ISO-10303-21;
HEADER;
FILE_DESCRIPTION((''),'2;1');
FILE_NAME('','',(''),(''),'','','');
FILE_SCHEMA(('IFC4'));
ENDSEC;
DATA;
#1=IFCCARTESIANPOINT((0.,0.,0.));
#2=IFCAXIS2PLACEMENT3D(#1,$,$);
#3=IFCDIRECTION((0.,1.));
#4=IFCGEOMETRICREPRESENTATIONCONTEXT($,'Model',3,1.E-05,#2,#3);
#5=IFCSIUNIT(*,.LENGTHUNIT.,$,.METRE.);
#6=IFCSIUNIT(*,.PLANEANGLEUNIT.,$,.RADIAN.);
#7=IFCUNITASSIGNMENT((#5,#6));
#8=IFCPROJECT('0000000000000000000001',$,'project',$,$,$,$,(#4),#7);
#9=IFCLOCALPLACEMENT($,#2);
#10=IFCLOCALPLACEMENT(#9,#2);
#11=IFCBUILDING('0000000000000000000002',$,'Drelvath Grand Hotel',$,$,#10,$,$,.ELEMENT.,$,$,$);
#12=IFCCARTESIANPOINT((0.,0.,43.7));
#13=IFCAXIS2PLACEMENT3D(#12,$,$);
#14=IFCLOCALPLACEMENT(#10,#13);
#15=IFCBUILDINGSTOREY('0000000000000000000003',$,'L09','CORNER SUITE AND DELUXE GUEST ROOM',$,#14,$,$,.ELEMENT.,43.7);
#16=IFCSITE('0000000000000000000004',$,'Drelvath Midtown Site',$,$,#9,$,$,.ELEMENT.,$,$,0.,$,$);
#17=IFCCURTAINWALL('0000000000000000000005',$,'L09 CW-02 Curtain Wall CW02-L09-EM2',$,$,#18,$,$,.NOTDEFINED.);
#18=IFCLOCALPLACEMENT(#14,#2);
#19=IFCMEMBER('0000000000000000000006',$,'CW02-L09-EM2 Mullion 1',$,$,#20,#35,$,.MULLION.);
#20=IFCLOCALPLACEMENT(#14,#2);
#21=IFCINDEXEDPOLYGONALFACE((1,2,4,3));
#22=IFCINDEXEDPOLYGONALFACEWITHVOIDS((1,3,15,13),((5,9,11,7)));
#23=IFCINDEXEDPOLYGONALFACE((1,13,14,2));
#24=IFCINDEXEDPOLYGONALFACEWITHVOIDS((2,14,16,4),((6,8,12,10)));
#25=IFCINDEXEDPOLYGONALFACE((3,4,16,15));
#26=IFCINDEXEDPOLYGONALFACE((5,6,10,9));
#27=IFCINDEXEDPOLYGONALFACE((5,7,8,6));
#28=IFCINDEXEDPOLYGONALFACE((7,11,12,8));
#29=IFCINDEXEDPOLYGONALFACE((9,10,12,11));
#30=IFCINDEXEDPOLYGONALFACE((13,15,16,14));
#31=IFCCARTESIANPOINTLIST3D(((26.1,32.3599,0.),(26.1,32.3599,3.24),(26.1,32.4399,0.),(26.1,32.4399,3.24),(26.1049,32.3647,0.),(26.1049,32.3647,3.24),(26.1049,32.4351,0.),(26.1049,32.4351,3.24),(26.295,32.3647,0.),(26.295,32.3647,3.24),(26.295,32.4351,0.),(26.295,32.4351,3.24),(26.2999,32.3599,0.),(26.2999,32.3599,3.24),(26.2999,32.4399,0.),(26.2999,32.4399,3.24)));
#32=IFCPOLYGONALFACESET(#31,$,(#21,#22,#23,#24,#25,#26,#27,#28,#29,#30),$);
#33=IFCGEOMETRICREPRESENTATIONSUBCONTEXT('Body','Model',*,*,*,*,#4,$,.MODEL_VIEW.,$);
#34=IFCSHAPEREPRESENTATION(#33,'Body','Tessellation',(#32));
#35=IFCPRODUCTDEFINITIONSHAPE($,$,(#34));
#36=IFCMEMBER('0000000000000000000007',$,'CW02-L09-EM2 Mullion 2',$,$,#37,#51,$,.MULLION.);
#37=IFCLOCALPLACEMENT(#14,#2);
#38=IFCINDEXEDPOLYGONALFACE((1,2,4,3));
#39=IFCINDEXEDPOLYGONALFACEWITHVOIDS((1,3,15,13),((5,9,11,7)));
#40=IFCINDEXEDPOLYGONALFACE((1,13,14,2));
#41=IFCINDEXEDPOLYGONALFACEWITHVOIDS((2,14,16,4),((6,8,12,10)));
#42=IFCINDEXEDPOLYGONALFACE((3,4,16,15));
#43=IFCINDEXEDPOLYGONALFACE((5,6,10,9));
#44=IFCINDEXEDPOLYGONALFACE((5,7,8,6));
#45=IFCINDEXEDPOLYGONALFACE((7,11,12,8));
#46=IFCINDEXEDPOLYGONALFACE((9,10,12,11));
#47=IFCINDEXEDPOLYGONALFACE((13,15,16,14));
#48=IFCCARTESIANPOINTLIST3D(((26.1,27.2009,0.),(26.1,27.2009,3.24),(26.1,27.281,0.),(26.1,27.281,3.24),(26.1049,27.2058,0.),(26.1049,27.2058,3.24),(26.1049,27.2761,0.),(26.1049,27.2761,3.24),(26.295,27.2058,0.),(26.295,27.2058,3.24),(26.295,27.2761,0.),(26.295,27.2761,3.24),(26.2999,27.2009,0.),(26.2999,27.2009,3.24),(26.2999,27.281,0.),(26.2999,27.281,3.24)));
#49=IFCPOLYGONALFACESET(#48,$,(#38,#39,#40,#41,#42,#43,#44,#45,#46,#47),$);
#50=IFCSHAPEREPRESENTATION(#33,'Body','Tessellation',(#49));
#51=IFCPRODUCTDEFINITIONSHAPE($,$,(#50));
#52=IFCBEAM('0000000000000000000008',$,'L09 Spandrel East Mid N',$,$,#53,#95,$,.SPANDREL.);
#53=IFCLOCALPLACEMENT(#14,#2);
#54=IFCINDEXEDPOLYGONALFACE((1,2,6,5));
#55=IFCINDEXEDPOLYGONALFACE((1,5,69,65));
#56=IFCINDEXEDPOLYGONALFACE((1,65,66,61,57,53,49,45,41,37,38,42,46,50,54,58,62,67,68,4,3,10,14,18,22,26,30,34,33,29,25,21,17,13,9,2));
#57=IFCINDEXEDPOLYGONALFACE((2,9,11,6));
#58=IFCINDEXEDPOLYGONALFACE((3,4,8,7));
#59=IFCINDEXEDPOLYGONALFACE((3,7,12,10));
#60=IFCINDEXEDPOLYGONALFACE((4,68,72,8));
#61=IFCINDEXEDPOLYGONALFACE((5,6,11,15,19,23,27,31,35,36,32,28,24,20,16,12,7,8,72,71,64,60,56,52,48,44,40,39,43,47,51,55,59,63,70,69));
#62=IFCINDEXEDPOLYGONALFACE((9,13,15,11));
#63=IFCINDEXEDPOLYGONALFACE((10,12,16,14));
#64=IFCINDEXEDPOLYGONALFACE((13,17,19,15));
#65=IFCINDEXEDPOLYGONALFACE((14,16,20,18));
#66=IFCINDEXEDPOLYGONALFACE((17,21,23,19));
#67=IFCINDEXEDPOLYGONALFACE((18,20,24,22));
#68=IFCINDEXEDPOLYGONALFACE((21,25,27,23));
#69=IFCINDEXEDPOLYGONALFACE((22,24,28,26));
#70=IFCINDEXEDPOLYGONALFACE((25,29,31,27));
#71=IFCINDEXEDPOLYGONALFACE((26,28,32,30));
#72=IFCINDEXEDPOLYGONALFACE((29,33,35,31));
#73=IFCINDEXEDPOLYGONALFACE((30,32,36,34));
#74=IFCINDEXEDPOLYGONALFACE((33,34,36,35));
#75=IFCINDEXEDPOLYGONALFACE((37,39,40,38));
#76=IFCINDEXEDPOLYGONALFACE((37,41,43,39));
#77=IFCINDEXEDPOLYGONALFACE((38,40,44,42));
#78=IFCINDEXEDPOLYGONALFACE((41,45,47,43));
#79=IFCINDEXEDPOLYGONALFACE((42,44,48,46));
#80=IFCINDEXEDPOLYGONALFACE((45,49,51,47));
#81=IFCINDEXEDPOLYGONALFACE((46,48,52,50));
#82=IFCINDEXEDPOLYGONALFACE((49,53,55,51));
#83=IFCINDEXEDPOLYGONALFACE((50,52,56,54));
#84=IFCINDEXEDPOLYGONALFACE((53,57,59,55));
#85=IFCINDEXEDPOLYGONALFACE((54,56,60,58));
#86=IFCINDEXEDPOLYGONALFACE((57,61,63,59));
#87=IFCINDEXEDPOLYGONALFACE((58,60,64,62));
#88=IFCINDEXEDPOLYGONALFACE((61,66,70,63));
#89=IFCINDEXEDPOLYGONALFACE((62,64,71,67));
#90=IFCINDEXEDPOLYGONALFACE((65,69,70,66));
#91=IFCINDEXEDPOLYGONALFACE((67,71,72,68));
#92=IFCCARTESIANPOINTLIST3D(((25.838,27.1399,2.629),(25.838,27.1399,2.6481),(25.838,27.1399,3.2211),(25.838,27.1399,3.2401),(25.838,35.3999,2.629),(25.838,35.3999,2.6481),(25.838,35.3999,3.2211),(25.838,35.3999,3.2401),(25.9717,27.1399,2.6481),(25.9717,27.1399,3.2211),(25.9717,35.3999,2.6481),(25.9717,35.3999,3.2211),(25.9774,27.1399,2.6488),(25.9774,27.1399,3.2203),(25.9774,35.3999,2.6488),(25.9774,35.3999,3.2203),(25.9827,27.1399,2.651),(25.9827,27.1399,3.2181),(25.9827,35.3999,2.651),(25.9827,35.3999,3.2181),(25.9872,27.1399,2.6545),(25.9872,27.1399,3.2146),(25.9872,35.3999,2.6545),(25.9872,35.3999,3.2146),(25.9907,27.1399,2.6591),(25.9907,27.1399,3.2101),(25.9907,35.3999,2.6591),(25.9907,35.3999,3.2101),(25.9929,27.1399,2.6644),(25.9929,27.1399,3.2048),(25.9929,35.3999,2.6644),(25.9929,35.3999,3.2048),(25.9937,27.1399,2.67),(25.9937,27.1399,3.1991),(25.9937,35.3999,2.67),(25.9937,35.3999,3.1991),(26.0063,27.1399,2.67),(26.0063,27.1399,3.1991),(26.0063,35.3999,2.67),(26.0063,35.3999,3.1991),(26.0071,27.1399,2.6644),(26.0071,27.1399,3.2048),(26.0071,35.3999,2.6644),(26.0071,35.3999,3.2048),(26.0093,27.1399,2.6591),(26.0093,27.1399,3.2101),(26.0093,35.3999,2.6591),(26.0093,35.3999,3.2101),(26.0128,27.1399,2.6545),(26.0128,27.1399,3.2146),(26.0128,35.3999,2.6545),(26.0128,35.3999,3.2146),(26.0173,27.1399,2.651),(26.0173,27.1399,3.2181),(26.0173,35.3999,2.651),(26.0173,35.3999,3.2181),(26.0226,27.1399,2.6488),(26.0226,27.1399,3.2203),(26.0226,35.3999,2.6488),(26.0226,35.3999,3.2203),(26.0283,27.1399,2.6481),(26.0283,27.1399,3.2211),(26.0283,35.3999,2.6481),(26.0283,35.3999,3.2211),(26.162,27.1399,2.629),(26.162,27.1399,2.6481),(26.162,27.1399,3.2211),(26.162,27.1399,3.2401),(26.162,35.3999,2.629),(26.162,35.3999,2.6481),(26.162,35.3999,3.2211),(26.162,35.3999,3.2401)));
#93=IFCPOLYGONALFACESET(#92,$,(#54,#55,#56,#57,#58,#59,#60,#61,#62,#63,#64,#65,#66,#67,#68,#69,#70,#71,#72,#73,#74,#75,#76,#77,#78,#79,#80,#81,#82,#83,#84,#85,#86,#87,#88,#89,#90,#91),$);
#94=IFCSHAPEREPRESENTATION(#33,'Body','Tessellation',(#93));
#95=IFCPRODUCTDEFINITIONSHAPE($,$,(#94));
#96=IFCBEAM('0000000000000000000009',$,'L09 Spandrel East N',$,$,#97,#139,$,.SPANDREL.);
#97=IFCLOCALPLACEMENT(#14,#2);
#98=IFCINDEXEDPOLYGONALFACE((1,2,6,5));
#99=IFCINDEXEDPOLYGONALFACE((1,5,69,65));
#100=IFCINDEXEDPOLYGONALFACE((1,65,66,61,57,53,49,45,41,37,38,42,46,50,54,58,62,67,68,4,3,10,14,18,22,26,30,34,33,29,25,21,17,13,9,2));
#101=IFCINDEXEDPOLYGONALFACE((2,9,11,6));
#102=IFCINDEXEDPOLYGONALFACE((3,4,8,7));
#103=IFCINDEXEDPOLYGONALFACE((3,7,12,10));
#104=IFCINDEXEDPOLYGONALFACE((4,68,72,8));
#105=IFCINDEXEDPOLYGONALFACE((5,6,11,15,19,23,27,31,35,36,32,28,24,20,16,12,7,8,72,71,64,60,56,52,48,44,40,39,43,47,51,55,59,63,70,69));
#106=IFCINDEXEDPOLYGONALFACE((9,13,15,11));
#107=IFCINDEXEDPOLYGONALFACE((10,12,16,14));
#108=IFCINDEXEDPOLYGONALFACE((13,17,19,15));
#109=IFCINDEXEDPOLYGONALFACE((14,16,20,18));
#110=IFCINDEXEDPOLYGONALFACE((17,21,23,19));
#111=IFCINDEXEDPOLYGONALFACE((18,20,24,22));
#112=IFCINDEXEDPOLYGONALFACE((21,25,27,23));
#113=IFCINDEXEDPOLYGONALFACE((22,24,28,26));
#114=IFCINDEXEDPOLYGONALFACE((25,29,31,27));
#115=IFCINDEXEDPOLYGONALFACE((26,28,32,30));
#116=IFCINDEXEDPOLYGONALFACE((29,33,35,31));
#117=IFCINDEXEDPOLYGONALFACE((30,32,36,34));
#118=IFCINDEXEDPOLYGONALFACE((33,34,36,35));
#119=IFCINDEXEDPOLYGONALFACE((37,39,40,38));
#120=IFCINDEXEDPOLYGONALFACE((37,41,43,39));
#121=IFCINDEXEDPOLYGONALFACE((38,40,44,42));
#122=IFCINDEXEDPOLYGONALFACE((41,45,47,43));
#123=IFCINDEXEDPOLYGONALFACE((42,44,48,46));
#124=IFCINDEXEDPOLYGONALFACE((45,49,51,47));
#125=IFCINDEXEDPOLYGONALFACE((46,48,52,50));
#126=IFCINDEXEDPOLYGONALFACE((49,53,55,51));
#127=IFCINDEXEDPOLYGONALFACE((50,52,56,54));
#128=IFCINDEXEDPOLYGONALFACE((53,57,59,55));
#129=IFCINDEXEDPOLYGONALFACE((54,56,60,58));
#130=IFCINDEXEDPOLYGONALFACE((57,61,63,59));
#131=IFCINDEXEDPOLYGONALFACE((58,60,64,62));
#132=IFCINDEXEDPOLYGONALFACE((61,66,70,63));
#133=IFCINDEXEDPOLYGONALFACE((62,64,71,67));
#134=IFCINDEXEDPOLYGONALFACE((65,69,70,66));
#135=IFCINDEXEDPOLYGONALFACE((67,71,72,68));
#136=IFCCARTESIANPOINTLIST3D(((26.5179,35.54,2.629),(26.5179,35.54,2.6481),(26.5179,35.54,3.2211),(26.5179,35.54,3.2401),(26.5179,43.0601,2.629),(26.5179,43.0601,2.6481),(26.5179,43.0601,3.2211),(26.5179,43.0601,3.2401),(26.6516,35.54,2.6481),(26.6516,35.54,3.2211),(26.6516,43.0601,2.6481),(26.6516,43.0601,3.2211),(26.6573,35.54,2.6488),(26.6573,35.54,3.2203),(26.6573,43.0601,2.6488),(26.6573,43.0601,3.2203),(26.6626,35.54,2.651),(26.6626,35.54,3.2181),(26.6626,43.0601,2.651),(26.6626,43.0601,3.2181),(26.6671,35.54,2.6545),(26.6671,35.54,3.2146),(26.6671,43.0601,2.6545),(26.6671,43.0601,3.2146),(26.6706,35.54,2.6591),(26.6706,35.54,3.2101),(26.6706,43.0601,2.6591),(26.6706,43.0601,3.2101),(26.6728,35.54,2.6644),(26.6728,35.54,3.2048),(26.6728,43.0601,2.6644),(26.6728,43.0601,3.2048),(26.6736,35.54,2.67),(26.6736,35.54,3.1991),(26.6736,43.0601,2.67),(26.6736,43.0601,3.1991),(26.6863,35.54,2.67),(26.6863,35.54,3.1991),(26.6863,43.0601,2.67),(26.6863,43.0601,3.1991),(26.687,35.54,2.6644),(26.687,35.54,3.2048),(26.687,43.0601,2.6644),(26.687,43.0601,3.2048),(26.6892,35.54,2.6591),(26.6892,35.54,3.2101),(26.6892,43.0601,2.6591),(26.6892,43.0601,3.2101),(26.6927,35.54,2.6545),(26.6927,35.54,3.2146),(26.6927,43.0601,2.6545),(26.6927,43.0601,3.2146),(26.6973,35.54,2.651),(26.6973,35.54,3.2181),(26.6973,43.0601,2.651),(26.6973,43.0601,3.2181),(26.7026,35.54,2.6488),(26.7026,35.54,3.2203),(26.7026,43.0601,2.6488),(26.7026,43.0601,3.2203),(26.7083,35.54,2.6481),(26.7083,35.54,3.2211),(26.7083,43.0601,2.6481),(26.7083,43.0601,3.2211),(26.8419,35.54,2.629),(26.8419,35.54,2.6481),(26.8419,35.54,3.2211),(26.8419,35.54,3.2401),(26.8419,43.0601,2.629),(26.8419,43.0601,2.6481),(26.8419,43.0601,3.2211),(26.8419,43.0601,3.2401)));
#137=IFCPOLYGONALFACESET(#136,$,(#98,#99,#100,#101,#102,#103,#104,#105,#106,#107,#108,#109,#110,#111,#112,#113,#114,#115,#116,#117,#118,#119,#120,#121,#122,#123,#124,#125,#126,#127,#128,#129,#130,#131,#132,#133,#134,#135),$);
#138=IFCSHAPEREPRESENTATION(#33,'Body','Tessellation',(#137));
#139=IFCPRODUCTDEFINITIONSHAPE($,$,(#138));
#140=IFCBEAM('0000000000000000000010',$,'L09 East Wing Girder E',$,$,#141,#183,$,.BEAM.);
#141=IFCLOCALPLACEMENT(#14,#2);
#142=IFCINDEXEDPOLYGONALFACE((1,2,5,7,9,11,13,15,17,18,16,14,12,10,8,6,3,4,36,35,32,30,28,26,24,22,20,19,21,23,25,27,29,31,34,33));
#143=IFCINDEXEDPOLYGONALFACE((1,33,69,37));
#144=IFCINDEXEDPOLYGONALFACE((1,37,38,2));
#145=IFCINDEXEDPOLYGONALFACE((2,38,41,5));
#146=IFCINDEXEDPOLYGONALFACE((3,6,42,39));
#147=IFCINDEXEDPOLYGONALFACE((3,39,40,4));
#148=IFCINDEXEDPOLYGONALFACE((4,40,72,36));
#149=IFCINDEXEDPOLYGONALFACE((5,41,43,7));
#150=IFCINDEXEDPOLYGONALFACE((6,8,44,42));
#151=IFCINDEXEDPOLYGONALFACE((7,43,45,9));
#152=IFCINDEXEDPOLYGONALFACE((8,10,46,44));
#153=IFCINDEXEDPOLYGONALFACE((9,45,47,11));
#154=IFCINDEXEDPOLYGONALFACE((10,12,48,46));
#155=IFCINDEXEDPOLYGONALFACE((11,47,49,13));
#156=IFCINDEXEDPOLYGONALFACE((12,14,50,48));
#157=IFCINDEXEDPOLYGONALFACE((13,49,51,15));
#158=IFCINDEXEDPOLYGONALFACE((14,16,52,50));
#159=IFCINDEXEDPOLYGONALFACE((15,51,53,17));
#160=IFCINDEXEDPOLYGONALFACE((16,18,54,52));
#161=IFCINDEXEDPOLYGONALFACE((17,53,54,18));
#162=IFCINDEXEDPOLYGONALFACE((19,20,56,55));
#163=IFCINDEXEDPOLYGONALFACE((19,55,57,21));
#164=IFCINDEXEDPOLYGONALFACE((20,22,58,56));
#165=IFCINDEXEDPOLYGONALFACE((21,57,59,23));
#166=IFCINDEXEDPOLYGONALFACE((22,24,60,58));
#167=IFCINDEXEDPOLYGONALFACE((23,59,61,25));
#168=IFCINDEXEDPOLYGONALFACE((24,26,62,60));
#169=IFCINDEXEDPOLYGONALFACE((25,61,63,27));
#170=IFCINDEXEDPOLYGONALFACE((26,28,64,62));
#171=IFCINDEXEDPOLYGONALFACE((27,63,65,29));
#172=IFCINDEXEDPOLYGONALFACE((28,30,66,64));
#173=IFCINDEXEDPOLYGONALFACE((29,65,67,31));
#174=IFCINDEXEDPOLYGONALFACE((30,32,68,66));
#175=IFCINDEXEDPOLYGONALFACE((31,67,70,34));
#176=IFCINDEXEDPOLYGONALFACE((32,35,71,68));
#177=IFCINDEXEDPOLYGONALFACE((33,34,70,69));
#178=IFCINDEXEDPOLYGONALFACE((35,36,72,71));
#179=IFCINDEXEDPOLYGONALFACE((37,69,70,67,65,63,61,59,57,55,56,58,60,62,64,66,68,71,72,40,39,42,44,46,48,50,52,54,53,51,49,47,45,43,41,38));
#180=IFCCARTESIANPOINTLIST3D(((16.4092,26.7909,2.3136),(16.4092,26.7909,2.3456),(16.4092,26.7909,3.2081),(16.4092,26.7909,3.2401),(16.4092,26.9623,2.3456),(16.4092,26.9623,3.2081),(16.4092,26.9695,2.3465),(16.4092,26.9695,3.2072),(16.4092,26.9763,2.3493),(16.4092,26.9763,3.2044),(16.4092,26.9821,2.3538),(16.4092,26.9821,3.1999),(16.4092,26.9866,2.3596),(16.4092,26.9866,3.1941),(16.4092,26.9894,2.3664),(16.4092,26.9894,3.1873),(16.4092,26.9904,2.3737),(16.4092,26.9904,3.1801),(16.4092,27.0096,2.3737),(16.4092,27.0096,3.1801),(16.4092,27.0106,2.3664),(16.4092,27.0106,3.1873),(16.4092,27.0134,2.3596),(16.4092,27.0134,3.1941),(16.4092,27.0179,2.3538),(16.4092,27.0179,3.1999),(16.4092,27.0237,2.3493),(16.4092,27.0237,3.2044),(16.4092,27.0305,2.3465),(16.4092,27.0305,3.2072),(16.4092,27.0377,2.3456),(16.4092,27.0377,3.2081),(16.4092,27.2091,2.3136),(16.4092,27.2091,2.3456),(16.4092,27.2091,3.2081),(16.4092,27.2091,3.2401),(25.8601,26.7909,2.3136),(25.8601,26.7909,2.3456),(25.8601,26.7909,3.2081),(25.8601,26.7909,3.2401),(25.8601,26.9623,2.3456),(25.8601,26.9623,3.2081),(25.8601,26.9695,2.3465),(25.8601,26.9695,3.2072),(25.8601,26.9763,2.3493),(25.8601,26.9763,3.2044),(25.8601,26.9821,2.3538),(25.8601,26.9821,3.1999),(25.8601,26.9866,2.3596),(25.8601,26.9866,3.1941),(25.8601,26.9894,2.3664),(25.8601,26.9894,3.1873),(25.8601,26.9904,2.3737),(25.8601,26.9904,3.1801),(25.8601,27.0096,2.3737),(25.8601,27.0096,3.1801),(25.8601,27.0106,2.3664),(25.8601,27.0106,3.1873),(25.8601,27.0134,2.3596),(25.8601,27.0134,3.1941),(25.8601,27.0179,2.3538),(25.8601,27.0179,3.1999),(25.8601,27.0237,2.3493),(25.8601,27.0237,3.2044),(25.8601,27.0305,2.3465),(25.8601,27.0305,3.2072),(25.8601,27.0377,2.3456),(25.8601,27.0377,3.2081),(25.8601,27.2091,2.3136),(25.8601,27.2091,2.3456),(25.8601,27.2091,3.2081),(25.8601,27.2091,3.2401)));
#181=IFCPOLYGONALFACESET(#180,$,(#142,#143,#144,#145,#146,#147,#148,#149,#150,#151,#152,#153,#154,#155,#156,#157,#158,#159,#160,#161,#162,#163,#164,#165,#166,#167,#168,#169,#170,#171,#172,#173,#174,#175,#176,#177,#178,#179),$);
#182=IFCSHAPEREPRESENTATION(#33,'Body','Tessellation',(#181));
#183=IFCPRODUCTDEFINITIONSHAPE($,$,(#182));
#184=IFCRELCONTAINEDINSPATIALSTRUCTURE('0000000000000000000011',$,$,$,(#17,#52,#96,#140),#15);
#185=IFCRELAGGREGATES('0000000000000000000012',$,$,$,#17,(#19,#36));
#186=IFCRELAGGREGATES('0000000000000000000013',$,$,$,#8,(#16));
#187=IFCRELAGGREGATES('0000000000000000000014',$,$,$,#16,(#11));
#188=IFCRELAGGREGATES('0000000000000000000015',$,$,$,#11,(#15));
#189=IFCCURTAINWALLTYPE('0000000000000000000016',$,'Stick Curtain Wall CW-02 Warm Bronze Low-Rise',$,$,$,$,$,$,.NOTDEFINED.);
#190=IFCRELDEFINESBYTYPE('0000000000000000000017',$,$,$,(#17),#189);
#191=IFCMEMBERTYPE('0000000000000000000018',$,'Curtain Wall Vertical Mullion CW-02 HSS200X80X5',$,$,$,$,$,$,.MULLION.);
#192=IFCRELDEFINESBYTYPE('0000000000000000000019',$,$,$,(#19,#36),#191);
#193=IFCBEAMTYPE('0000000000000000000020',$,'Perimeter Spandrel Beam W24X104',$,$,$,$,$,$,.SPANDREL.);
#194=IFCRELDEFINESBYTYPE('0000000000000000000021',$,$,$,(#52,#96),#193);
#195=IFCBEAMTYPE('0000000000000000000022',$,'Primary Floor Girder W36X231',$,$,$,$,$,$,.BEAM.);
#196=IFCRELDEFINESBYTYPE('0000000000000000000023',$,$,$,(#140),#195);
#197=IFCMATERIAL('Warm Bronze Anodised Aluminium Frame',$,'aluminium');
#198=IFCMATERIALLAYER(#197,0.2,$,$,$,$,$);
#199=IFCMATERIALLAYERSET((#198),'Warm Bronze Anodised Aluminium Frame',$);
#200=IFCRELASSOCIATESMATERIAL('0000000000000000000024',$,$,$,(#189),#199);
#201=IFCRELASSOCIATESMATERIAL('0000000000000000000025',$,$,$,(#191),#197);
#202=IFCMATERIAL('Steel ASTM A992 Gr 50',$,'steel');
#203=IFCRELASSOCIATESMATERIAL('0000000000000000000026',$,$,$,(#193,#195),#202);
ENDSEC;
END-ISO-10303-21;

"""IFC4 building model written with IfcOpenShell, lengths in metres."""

from ifc_helpers import new_model, si_unit, direction, frame, origin, origin_2d, place, context, subcontext, project, spatial, hollow_rectangle, i_section, extrude, material, layer, layer_set, material_profile, profile_set, type_object, element, aggregate, save


model = new_model("IFC4")

# Units and contexts
model_context = context("Model", 3, precision=1e-05, world=origin(), true_north=direction((0.0, 1.0)))
body_context = subcontext(model_context, "Body", "Model", "MODEL_VIEW")
ifc_project = project(units=[si_unit("LENGTHUNIT", "METRE"), si_unit("PLANEANGLEUNIT", "RADIAN")], contexts=[model_context])

# Site, building, storey
site_placement = place(None, origin())
site = spatial("IfcSite", under=ifc_project, at=site_placement, Name="Drelvath Midtown Site", CompositionType="ELEMENT", RefElevation=0.0)
building_placement = place(site_placement, origin())
building = spatial("IfcBuilding", under=site, at=building_placement, Name="Drelvath Grand Hotel", CompositionType="ELEMENT")
storey_placement = place(building_placement, frame((0.0, 0.0, 43.7)))
storey = spatial("IfcBuildingStorey", under=building, at=storey_placement, Name="L09", Description="CORNER SUITE AND DELUXE GUEST ROOM", CompositionType="ELEMENT", Elevation=43.7)

# Curtain wall
ifc_material_1 = material(Name="Warm Bronze Anodised Aluminium Frame", Category="aluminium")
ifc_layer_1 = layer(ifc_material_1, 0.2)
ifc_layer_set_1 = layer_set([ifc_layer_1], Name="Warm Bronze Anodised Aluminium Frame")
curtain_wall_type = type_object("IfcCurtainWallType", Name="Stick Curtain Wall CW-02 Warm Bronze Low-Rise", PredefinedType="NOTDEFINED", material=ifc_layer_set_1)
curtain_wall_1_placement = place(storey_placement, origin())
curtain_wall_1 = element("IfcCurtainWall", 1, at=curtain_wall_1_placement, inside=storey, type_object=curtain_wall_type, Name="L09 CW-02 Curtain Wall CW02-L09-EM2", PredefinedType="NOTDEFINED")

# Shared definitions
ifc_material_profile_1 = material_profile(ifc_material_1, hollow_rectangle(XDim=0.0801, YDim=0.2, WallThickness=0.0049, at=origin_2d()), Name="HSS200X80X5")
ifc_profile_set_1 = profile_set([ifc_material_profile_1], Name="Warm Bronze Anodised Aluminium Frame")
member_type_1 = type_object("IfcMemberType", Name="Curtain Wall Vertical Mullion CW-02 HSS200X80X5", PredefinedType="MULLION", material=ifc_profile_set_1)

# Members
member_1_placement = place(storey_placement, frame((26.2, 32.3999, 0.0), z_axis=(0.0, 0.0, 1.0), x_axis=(0.0, 1.0, 0.0)))
member_1 = element("IfcMember", 2, at=member_1_placement, type_object=member_type_1, Name="CW02-L09-EM2 Mullion 1", PredefinedType="MULLION", context=body_context, shape_type="SweptSolid", body=[
    extrude(hollow_rectangle(XDim=0.0801, YDim=0.2, WallThickness=0.0049, at=origin_2d()), origin(), (0.0, 0.0, 1.0), 3.24),
])
member_2_placement = place(storey_placement, frame((26.2, 27.241, 0.0), z_axis=(0.0, 0.0, 1.0), x_axis=(0.0, 1.0, 0.0)))
member_2 = element("IfcMember", 3, at=member_2_placement, type_object=member_type_1, Name="CW02-L09-EM2 Mullion 2", PredefinedType="MULLION", context=body_context, shape_type="SweptSolid", body=[
    extrude(hollow_rectangle(XDim=0.0801, YDim=0.2, WallThickness=0.0049, at=origin_2d()), origin(), (0.0, 0.0, 1.0), 3.24),
])

# Beams
ifc_material_2 = material(Name="Steel ASTM A992 Gr 50", Category="steel")
ifc_material_profile_2 = material_profile(ifc_material_2, i_section(OverallWidth=0.324, OverallDepth=0.6111, WebThickness=0.0127, FlangeThickness=0.019, FilletRadius=0.022, at=origin_2d()), Name="W24X104")
ifc_profile_set_2 = profile_set([ifc_material_profile_2], Name="Steel ASTM A992 Gr 50")
beam_type_1 = type_object("IfcBeamType", Name="Perimeter Spandrel Beam W24X104", PredefinedType="SPANDREL", material=ifc_profile_set_2)
beam_1_placement = place(storey_placement, frame((26.0, 27.1399, 2.9346), z_axis=(0.0, 1.0, 0.0), x_axis=(-1.0, 0.0, 0.0)))
element("IfcBeam", 4, at=beam_1_placement, inside=storey, type_object=beam_type_1, Name="L09 Spandrel East Mid N", PredefinedType="SPANDREL", context=body_context, shape_type="SweptSolid", body=[
    extrude(i_section(OverallWidth=0.324, OverallDepth=0.6111, WebThickness=0.0127, FlangeThickness=0.019, FilletRadius=0.022, at=origin_2d()), origin(), (0.0, 0.0, 1.0), 8.26),
])
beam_2_placement = place(storey_placement, frame((26.6799, 35.54, 2.9346), z_axis=(0.0, 1.0, 0.0), x_axis=(-1.0, 0.0, 0.0)))
element("IfcBeam", 5, at=beam_2_placement, inside=storey, type_object=beam_type_1, Name="L09 Spandrel East N", PredefinedType="SPANDREL", context=body_context, shape_type="SweptSolid", body=[
    extrude(i_section(OverallWidth=0.324, OverallDepth=0.6111, WebThickness=0.0127, FlangeThickness=0.019, FilletRadius=0.022, at=origin_2d()), origin(), (0.0, 0.0, 1.0), 7.52),
])
ifc_material_profile_3 = material_profile(ifc_material_2, i_section(OverallWidth=0.4182, OverallDepth=0.9265, WebThickness=0.0193, FlangeThickness=0.032, FilletRadius=0.0281, at=origin_2d()), Name="W36X231")
ifc_profile_set_3 = profile_set([ifc_material_profile_3], Name="Steel ASTM A992 Gr 50")
beam_type_2 = type_object("IfcBeamType", Name="Primary Floor Girder W36X231", PredefinedType="BEAM", material=ifc_profile_set_3)
beam_3_placement = place(storey_placement, frame((16.4092, 27.0, 2.7769), z_axis=(1.0, 0.0, 0.0), x_axis=(0.0, 1.0, 0.0)))
element("IfcBeam", 6, at=beam_3_placement, inside=storey, type_object=beam_type_2, Name="L09 East Wing Girder E", PredefinedType="BEAM", context=body_context, shape_type="SweptSolid", body=[
    extrude(i_section(OverallWidth=0.4182, OverallDepth=0.9265, WebThickness=0.0193, FlangeThickness=0.032, FilletRadius=0.0281, at=origin_2d()), origin(), (0.0, 0.0, 1.0), 9.4509),
])

aggregate(curtain_wall_1, [member_1, member_2])

save(model, "model.ifc")
